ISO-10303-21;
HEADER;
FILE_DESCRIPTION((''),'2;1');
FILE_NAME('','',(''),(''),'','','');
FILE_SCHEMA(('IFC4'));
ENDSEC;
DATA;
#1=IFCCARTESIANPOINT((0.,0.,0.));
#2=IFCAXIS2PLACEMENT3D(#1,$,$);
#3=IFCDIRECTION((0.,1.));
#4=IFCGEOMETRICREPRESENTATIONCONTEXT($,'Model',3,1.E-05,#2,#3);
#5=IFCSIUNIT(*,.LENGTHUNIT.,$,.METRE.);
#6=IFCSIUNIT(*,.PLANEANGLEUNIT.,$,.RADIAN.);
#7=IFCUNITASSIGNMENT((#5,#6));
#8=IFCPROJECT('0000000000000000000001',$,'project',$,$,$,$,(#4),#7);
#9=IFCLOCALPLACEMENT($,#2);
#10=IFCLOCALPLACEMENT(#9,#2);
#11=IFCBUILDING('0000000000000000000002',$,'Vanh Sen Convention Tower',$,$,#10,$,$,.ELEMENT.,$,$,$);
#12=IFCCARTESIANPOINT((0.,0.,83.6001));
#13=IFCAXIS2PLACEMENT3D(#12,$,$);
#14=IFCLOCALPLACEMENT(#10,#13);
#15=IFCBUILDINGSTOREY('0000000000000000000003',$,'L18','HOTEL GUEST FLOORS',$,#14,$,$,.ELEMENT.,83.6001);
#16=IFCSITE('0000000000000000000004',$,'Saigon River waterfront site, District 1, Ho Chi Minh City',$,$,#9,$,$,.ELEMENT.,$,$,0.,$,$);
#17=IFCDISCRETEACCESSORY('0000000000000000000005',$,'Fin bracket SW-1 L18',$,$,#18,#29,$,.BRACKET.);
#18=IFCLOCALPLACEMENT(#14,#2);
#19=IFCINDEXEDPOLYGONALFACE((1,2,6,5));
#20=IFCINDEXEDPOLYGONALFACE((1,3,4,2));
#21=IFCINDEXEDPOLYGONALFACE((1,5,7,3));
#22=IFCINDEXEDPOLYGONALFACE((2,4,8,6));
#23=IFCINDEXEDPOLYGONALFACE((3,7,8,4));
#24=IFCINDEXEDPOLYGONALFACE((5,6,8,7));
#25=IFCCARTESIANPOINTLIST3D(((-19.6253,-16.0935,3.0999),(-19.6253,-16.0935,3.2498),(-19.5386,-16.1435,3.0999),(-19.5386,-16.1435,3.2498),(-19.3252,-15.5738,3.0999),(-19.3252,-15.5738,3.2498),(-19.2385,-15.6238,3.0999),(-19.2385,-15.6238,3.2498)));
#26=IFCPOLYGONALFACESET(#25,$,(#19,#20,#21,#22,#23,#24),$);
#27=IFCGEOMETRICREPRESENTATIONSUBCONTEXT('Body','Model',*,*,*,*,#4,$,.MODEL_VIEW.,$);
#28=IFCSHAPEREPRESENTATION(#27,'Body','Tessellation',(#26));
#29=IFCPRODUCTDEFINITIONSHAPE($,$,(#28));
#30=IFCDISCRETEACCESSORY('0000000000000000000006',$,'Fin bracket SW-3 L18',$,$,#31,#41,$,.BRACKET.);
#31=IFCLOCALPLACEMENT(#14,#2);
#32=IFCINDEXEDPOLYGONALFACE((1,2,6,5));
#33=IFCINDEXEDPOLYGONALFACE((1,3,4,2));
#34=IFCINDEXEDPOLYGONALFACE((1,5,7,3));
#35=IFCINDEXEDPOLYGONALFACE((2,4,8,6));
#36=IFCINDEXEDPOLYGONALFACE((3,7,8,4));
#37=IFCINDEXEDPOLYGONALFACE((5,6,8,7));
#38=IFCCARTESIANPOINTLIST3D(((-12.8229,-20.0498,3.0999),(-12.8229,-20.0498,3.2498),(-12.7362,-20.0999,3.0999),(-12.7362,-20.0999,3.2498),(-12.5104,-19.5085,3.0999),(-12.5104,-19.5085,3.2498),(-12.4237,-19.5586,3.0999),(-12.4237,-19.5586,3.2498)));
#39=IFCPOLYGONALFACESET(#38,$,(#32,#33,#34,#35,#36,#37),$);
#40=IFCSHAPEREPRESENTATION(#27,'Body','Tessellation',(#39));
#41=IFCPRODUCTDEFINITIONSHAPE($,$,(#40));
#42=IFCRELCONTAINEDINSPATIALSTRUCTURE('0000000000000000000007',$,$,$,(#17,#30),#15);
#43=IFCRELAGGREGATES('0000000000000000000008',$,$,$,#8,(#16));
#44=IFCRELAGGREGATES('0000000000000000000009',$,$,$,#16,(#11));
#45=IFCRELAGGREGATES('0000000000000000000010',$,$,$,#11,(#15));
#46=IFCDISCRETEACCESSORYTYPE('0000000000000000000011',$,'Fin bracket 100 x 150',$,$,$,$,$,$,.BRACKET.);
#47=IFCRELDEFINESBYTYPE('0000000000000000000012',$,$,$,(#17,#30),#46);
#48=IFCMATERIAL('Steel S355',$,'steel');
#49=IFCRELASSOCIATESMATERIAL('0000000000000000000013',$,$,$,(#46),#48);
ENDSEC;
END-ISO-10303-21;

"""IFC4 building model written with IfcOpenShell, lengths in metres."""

from ifc_helpers import new_model, si_unit, direction, frame, origin, origin_2d, place, context, subcontext, project, spatial, rectangle, extrude, material, type_object, element, save


model = new_model("IFC4")

# Units and contexts
model_context = context("Model", 3, precision=1e-05, world=origin(), true_north=direction((0.0, 1.0)))
body_context = subcontext(model_context, "Body", "Model", "MODEL_VIEW")
ifc_project = project(units=[si_unit("LENGTHUNIT", "METRE"), si_unit("PLANEANGLEUNIT", "RADIAN")], contexts=[model_context])

# Site, building, storey
site_placement = place(None, origin())
site = spatial("IfcSite", under=ifc_project, at=site_placement, Name="Saigon River waterfront site, District 1, Ho Chi Minh City", CompositionType="ELEMENT", RefElevation=0.0)
building_placement = place(site_placement, origin())
building = spatial("IfcBuilding", under=site, at=building_placement, Name="Vanh Sen Convention Tower", CompositionType="ELEMENT")
storey_placement = place(building_placement, frame((0.0, 0.0, 83.6001)))
storey = spatial("IfcBuildingStorey", under=building, at=storey_placement, Name="L18", Description="HOTEL GUEST FLOORS", CompositionType="ELEMENT", Elevation=83.6001)

# Discrete accessories
ifc_material_1 = material(Name="Steel S355", Category="steel")
discrete_accessory_type = type_object("IfcDiscreteAccessoryType", Name="Fin bracket 100 x 150", PredefinedType="BRACKET", material=ifc_material_1)
discrete_accessory_1_placement = place(storey_placement, frame((-19.4319, -15.8586, 3.0999), z_axis=(0.0, 0.0, 1.0), x_axis=(-0.5, -0.866025, 0.0)))
element("IfcDiscreteAccessory", 1, at=discrete_accessory_1_placement, inside=storey, type_object=discrete_accessory_type, Name="Fin bracket SW-1 L18", PredefinedType="BRACKET", context=body_context, shape_type="SweptSolid", body=[
    extrude(rectangle(XDim=0.6001, YDim=0.1001, at=origin_2d()), origin(), (0.0, 0.0, 1.0), 0.1499),
])
discrete_accessory_2_placement = place(storey_placement, frame((-12.6233, -19.8042, 3.0999), z_axis=(0.0, 0.0, 1.0), x_axis=(-0.5, -0.866025, 0.0)))
element("IfcDiscreteAccessory", 2, at=discrete_accessory_2_placement, inside=storey, type_object=discrete_accessory_type, Name="Fin bracket SW-3 L18", PredefinedType="BRACKET", context=body_context, shape_type="SweptSolid", body=[
    extrude(rectangle(XDim=0.625, YDim=0.1001, at=origin_2d()), origin(), (0.0, 0.0, 1.0), 0.1499),
])

save(model, "model.ifc")
